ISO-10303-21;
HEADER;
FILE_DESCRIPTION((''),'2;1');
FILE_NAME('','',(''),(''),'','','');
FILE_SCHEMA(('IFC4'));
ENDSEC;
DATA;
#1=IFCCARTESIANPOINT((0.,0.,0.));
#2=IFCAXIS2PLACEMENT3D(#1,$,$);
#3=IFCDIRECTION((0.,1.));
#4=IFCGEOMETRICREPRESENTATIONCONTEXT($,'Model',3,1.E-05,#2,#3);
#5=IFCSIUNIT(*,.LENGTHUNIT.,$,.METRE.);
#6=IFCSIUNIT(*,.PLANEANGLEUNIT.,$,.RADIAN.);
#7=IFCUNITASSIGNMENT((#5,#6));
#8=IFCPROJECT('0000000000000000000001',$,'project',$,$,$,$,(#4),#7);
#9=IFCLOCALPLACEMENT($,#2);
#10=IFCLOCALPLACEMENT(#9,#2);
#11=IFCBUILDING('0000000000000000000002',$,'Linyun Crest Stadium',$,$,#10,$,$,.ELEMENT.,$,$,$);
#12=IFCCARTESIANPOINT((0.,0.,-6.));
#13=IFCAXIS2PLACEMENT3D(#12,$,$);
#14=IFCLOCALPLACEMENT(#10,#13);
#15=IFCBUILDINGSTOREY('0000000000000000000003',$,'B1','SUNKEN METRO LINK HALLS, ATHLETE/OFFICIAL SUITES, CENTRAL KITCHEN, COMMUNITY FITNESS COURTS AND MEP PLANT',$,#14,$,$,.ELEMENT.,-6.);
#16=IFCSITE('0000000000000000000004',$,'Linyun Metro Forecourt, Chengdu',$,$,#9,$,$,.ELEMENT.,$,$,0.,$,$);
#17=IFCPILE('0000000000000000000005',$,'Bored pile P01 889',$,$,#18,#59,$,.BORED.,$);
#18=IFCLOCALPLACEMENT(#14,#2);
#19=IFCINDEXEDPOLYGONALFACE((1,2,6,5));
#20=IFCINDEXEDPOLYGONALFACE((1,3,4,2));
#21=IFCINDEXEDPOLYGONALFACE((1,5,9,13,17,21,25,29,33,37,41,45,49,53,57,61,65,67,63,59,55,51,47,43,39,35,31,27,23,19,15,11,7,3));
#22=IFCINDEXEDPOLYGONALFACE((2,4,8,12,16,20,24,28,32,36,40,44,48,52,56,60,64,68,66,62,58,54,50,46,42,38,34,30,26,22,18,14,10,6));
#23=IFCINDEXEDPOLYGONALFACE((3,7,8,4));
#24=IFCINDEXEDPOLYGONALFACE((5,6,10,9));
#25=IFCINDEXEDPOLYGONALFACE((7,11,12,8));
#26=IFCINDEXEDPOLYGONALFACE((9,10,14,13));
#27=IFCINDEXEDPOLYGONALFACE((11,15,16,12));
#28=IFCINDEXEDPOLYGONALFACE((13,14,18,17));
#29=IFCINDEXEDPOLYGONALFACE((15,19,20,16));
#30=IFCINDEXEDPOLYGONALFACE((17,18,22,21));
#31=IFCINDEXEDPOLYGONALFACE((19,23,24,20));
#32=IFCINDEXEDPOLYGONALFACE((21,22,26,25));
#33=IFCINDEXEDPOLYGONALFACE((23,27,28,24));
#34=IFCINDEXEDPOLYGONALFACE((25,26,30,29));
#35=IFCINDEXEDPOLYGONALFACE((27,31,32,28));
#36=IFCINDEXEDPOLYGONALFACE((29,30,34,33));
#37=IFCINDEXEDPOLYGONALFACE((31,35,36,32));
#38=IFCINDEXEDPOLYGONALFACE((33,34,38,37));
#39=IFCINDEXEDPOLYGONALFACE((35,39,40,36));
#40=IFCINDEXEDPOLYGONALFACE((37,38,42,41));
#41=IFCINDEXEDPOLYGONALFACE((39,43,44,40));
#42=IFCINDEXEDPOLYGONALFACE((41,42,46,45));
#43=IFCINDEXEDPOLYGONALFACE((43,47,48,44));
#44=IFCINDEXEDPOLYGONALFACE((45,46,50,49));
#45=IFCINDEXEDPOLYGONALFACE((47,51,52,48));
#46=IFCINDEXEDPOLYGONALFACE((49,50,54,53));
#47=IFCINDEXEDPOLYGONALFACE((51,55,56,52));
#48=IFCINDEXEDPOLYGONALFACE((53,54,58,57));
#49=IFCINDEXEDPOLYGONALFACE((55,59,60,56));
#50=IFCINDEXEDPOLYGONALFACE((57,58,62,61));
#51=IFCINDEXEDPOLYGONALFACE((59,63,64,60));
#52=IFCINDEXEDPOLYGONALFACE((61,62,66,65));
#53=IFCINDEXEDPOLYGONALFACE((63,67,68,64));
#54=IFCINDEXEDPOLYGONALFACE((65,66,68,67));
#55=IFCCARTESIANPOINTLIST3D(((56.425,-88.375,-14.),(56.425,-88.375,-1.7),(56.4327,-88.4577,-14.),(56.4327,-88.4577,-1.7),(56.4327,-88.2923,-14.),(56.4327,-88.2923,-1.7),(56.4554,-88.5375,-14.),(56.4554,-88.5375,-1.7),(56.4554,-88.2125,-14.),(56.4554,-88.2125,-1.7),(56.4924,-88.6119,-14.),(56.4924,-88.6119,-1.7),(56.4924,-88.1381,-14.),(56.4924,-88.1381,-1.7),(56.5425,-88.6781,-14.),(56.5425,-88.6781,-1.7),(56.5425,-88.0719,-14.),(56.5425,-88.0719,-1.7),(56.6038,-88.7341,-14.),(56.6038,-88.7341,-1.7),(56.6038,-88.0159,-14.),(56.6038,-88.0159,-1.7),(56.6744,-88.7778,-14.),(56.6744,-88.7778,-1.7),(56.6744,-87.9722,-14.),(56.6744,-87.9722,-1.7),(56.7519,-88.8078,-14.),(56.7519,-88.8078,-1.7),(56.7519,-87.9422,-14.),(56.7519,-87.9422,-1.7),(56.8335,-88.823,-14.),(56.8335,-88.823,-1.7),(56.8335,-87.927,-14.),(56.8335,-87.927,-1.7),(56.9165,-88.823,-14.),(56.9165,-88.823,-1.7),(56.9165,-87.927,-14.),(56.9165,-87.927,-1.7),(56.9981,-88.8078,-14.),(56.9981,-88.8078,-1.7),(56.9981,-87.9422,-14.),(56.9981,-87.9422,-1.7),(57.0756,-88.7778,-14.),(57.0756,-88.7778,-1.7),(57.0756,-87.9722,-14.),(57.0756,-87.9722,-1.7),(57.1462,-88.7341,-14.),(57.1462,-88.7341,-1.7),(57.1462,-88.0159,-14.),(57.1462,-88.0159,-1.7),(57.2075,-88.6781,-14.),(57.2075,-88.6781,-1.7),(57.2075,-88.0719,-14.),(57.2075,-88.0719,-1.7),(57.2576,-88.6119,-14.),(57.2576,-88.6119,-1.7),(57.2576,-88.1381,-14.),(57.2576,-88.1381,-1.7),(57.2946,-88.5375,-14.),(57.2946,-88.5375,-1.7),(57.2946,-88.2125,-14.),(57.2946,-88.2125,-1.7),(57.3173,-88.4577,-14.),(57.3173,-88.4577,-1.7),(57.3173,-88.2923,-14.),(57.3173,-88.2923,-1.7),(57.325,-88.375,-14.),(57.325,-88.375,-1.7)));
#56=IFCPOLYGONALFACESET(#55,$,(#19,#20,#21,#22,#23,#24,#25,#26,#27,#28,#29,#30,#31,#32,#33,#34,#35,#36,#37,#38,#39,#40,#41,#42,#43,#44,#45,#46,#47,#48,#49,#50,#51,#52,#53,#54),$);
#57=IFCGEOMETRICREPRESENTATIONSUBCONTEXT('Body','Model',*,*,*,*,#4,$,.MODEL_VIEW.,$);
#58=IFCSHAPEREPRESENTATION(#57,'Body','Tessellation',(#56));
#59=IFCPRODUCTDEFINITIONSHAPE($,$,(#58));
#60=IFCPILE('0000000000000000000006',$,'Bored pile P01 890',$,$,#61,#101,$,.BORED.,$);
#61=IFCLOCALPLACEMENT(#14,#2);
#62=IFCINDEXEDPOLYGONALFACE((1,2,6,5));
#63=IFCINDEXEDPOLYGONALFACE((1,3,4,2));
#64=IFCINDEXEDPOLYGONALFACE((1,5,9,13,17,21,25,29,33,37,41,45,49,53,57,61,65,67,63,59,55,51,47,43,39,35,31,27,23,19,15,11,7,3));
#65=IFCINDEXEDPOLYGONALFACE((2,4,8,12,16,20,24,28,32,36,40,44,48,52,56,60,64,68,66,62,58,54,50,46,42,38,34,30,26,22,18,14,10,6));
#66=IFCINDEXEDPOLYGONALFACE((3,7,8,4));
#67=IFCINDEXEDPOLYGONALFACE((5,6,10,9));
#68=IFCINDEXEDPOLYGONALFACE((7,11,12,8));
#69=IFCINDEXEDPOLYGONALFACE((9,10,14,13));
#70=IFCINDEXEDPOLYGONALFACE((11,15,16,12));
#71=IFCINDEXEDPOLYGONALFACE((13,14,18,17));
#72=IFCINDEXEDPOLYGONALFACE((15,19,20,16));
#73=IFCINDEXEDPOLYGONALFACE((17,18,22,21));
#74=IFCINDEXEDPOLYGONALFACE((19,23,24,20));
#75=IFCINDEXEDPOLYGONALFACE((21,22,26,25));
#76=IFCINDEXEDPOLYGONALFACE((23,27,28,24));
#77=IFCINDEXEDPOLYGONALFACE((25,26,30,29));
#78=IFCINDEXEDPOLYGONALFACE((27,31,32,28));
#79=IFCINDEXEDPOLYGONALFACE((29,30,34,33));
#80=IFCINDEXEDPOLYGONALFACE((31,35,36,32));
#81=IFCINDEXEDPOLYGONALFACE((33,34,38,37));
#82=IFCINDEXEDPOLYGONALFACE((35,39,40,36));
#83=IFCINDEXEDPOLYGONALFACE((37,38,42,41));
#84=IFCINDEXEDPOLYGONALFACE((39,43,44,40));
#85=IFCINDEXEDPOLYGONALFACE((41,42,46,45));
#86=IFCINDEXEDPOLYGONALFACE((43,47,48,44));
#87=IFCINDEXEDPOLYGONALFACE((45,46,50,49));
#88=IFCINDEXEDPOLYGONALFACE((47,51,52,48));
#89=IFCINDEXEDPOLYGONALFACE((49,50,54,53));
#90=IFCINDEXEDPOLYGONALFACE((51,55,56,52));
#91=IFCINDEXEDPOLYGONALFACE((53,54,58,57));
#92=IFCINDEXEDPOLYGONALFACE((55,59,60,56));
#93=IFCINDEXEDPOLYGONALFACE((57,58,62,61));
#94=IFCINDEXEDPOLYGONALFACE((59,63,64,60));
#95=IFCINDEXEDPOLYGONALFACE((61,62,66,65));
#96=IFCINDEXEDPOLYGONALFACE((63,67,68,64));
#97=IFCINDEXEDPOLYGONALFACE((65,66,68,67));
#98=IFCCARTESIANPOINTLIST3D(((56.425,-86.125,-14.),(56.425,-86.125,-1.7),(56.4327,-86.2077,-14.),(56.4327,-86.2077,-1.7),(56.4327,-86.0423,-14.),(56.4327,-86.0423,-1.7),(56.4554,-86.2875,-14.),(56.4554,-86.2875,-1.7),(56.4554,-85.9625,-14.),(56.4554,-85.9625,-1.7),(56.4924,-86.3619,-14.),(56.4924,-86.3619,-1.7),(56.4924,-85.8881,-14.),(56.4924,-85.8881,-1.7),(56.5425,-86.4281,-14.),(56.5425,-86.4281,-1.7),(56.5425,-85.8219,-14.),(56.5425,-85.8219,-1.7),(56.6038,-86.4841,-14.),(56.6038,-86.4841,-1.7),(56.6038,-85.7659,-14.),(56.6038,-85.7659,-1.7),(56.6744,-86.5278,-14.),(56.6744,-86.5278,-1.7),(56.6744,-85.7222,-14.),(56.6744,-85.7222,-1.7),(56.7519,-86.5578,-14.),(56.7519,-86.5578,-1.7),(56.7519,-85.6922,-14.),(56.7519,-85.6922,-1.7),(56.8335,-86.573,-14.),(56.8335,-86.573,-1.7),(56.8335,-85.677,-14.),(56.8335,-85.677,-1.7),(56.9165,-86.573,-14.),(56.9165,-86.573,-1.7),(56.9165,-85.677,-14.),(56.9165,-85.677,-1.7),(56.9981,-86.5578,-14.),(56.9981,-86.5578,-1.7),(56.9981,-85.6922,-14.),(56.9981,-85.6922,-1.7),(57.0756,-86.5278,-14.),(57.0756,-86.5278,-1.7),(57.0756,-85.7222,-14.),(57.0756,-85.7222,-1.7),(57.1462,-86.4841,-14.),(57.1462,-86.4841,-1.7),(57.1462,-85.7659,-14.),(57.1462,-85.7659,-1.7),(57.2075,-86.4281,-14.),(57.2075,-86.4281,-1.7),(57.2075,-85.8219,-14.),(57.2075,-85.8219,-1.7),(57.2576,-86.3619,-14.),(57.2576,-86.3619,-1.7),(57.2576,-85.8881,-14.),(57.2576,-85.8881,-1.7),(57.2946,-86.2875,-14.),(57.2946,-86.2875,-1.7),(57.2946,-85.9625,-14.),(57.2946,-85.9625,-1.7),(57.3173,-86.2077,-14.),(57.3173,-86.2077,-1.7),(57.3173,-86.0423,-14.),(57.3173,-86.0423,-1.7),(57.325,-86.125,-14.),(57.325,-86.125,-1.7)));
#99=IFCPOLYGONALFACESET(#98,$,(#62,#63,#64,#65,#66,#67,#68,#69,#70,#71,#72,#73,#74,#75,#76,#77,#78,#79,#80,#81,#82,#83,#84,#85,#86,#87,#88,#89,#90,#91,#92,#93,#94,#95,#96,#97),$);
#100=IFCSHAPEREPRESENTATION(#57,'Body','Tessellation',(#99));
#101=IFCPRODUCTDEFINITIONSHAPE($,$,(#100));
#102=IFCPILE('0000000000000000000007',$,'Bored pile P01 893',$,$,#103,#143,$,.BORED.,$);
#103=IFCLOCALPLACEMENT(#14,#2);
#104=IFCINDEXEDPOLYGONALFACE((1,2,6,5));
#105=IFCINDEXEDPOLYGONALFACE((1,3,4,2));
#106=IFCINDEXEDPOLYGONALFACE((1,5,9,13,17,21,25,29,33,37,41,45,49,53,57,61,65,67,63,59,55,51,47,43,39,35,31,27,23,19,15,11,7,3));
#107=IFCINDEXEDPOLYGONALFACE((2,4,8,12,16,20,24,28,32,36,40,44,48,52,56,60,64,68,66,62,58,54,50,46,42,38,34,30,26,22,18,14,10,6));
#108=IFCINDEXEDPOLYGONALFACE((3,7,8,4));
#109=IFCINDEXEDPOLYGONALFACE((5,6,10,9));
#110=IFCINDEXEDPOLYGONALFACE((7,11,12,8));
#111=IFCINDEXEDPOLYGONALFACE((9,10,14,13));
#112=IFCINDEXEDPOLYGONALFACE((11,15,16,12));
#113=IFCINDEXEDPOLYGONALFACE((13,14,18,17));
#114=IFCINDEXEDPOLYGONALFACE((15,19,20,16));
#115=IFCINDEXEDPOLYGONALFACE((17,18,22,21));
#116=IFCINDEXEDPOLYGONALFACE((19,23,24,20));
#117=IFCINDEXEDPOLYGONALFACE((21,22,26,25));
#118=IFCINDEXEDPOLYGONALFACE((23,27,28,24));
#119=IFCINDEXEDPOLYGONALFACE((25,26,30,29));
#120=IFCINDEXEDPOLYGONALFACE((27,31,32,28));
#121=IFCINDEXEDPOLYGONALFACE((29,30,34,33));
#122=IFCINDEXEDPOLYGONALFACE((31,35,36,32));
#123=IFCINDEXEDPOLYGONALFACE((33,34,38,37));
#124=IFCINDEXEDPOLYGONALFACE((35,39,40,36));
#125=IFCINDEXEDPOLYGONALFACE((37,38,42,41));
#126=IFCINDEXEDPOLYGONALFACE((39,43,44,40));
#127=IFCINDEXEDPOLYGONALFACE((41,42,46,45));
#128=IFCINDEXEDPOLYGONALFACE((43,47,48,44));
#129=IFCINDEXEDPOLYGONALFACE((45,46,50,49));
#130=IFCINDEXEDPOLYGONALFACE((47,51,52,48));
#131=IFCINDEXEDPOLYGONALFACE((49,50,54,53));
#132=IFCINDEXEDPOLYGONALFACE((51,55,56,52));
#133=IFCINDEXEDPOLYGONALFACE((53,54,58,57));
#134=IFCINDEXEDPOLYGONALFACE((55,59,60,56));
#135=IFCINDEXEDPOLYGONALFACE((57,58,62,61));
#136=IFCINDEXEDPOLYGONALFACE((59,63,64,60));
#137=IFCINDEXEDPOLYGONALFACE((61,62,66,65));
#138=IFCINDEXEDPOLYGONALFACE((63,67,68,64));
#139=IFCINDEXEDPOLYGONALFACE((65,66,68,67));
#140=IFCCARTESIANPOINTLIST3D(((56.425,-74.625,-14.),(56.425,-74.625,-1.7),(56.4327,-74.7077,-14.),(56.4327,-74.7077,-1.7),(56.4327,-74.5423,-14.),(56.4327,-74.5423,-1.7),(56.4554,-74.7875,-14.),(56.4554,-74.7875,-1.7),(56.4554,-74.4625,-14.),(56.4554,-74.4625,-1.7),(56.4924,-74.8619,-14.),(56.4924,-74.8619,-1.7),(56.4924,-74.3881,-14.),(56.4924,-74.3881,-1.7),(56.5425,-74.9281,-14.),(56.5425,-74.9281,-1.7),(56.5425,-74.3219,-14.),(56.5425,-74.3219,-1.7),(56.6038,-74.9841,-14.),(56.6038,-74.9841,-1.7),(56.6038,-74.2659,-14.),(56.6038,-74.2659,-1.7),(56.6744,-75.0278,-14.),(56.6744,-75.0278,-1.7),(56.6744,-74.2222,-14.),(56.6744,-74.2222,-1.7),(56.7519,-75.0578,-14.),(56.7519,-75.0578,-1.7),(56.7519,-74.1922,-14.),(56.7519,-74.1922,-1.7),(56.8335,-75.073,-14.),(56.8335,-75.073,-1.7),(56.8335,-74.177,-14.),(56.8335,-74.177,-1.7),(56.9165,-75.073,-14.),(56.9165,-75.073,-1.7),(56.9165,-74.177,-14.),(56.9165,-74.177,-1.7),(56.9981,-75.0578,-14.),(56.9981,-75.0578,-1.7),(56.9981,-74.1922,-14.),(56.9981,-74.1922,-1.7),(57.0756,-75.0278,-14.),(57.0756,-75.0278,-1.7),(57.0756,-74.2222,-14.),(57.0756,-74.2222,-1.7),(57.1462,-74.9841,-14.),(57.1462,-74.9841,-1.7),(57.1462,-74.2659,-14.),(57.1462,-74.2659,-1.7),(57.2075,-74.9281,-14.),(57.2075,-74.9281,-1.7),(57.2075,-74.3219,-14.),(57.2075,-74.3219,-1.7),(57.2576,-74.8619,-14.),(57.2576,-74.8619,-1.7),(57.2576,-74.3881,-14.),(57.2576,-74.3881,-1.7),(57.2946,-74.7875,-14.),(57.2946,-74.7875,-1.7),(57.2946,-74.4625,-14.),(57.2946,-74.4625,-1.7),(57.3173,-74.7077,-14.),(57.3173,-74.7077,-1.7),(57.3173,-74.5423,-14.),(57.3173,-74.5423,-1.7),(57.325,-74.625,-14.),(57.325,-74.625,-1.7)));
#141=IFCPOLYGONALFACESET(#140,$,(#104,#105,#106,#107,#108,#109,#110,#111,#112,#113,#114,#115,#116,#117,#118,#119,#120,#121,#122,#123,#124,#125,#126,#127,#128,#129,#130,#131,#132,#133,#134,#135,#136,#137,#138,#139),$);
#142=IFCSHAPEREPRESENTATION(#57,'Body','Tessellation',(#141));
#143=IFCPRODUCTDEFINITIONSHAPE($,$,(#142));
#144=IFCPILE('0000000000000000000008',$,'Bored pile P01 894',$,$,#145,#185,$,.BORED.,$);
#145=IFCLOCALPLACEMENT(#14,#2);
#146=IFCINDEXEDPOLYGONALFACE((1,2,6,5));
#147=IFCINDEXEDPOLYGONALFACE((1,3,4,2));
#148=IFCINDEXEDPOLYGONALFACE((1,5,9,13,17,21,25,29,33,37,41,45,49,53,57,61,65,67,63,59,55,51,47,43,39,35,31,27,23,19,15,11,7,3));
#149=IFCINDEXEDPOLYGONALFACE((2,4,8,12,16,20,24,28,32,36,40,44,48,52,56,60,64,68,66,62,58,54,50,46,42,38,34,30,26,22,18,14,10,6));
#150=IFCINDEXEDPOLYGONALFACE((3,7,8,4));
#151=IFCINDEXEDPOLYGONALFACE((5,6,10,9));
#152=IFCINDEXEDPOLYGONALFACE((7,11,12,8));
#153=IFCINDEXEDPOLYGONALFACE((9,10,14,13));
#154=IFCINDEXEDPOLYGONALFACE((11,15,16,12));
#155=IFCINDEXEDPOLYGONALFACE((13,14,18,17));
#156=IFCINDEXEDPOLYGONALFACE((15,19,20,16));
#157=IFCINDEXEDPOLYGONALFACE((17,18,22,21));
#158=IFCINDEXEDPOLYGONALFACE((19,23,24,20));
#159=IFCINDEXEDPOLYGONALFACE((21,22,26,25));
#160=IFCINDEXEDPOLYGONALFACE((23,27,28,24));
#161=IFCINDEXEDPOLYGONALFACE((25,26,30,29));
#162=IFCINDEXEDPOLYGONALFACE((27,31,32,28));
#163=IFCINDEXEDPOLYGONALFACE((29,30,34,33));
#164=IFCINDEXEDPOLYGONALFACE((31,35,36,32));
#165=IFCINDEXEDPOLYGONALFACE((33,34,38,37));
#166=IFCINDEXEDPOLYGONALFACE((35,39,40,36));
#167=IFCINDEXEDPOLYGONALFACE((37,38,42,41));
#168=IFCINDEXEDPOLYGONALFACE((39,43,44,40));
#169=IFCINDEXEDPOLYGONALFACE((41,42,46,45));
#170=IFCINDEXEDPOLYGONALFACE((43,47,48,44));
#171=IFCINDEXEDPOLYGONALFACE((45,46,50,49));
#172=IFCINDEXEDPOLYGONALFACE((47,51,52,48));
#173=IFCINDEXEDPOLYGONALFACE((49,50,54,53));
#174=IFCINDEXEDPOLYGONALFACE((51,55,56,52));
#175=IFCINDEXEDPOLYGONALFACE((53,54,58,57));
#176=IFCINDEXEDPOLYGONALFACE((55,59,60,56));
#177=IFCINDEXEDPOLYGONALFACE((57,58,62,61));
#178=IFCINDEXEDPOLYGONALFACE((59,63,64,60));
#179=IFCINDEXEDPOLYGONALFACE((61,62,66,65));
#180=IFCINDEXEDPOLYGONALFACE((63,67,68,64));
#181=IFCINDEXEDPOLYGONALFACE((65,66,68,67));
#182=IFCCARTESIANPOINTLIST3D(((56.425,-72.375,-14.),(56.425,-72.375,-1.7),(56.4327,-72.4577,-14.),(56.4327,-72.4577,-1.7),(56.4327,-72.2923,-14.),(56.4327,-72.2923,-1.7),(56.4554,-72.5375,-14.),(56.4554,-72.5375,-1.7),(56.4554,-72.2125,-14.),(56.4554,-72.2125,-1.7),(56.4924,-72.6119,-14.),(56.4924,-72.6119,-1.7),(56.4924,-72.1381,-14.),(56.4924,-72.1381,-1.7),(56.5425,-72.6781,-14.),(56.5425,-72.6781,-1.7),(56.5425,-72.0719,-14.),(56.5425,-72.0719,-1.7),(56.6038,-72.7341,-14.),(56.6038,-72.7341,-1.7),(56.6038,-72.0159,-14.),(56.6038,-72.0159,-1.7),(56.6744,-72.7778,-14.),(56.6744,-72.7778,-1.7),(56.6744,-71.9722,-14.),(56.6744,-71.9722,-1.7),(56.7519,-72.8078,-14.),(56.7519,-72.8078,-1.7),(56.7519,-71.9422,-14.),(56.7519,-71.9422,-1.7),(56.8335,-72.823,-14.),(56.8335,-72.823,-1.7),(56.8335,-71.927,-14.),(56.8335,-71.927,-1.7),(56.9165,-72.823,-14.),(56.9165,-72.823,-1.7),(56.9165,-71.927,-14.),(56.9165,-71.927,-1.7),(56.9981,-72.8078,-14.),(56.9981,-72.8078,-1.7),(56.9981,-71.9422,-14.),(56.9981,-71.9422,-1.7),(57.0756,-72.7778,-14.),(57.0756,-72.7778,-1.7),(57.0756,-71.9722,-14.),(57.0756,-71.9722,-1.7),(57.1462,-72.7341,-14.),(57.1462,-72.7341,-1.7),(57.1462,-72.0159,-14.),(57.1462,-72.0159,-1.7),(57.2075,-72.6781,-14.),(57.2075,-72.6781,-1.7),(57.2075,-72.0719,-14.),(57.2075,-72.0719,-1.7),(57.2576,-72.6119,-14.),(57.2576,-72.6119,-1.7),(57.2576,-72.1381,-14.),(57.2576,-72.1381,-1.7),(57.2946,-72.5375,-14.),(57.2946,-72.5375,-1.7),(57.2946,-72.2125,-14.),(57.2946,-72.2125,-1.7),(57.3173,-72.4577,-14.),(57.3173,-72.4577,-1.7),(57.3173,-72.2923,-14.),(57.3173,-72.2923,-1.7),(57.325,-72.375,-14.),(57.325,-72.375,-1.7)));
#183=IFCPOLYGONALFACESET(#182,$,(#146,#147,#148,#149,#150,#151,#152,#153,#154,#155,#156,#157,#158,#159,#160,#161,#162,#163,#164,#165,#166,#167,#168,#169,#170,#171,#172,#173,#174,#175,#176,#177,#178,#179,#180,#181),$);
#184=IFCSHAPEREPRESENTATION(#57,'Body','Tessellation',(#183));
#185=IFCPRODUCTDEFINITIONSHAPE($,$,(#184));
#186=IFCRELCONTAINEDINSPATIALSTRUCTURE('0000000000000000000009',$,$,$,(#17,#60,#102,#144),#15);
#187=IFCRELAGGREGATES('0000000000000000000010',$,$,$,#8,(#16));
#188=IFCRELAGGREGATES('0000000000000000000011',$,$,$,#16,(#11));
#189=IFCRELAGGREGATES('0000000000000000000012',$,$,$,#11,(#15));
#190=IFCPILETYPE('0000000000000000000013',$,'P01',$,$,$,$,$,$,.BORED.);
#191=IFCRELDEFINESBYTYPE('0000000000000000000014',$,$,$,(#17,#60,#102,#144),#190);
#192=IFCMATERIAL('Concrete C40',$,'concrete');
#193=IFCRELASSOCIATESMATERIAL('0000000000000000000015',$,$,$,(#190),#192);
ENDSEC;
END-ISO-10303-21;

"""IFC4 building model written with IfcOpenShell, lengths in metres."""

from ifc_helpers import new_model, si_unit, direction, frame, origin, origin_2d, place, context, subcontext, project, spatial, circle, extrude, material, material_profile, profile_set, type_object, element, save


model = new_model("IFC4")

# Units and contexts
model_context = context("Model", 3, precision=1e-05, world=origin(), true_north=direction((0.0, 1.0)))
body_context = subcontext(model_context, "Body", "Model", "MODEL_VIEW")
ifc_project = project(units=[si_unit("LENGTHUNIT", "METRE"), si_unit("PLANEANGLEUNIT", "RADIAN")], contexts=[model_context])

# Site, building, storey
site_placement = place(None, origin())
site = spatial("IfcSite", under=ifc_project, at=site_placement, Name="Linyun Metro Forecourt, Chengdu", CompositionType="ELEMENT", RefElevation=0.0)
building_placement = place(site_placement, origin())
building = spatial("IfcBuilding", under=site, at=building_placement, Name="Linyun Crest Stadium", CompositionType="ELEMENT")
storey_placement = place(building_placement, frame((0.0, 0.0, -6.0)))
storey = spatial("IfcBuildingStorey", under=building, at=storey_placement, Name="B1", Description="SUNKEN METRO LINK HALLS, ATHLETE/OFFICIAL SUITES, CENTRAL KITCHEN, COMMUNITY FITNESS COURTS AND MEP PLANT", CompositionType="ELEMENT", Elevation=-6.0)

# Piles
ifc_material_1 = material(Name="Concrete C40", Category="concrete")
ifc_material_profile_1 = material_profile(ifc_material_1, circle(Radius=0.45, at=origin_2d()), Name="BORED PILE 900")
ifc_profile_set_1 = profile_set([ifc_material_profile_1], Name="Concrete C40")
pile_type_1 = type_object("IfcPileType", Name="P01", PredefinedType="BORED", material=ifc_profile_set_1)
for number, where, z_axis, x_axis, name in (
    (1, (56.875, -88.375, -1.7), (0.0, 0.0, -1.0), (1.0, 0.0, 0.0), "Bored pile P01 889"),
    (2, (56.875, -86.125, -1.7), (0.0, 0.0, -1.0), (1.0, 0.0, 0.0), "Bored pile P01 890"),
    (3, (56.875, -74.625, -1.7), (0.0, 0.0, -1.0), (1.0, 0.0, 0.0), "Bored pile P01 893"),
    (4, (56.875, -72.375, -1.7), (0.0, 0.0, -1.0), (1.0, 0.0, 0.0), "Bored pile P01 894"),
):
    element("IfcPile", number, at=place(storey_placement, frame(where, z_axis=z_axis, x_axis=x_axis)), inside=storey, type_object=pile_type_1, Name=name, PredefinedType="BORED", context=body_context, shape_type="SweptSolid", body=[
        extrude(circle(Radius=0.45, at=origin_2d()), origin(), (0.0, 0.0, 1.0), 12.3),
    ])

save(model, "model.ifc")
